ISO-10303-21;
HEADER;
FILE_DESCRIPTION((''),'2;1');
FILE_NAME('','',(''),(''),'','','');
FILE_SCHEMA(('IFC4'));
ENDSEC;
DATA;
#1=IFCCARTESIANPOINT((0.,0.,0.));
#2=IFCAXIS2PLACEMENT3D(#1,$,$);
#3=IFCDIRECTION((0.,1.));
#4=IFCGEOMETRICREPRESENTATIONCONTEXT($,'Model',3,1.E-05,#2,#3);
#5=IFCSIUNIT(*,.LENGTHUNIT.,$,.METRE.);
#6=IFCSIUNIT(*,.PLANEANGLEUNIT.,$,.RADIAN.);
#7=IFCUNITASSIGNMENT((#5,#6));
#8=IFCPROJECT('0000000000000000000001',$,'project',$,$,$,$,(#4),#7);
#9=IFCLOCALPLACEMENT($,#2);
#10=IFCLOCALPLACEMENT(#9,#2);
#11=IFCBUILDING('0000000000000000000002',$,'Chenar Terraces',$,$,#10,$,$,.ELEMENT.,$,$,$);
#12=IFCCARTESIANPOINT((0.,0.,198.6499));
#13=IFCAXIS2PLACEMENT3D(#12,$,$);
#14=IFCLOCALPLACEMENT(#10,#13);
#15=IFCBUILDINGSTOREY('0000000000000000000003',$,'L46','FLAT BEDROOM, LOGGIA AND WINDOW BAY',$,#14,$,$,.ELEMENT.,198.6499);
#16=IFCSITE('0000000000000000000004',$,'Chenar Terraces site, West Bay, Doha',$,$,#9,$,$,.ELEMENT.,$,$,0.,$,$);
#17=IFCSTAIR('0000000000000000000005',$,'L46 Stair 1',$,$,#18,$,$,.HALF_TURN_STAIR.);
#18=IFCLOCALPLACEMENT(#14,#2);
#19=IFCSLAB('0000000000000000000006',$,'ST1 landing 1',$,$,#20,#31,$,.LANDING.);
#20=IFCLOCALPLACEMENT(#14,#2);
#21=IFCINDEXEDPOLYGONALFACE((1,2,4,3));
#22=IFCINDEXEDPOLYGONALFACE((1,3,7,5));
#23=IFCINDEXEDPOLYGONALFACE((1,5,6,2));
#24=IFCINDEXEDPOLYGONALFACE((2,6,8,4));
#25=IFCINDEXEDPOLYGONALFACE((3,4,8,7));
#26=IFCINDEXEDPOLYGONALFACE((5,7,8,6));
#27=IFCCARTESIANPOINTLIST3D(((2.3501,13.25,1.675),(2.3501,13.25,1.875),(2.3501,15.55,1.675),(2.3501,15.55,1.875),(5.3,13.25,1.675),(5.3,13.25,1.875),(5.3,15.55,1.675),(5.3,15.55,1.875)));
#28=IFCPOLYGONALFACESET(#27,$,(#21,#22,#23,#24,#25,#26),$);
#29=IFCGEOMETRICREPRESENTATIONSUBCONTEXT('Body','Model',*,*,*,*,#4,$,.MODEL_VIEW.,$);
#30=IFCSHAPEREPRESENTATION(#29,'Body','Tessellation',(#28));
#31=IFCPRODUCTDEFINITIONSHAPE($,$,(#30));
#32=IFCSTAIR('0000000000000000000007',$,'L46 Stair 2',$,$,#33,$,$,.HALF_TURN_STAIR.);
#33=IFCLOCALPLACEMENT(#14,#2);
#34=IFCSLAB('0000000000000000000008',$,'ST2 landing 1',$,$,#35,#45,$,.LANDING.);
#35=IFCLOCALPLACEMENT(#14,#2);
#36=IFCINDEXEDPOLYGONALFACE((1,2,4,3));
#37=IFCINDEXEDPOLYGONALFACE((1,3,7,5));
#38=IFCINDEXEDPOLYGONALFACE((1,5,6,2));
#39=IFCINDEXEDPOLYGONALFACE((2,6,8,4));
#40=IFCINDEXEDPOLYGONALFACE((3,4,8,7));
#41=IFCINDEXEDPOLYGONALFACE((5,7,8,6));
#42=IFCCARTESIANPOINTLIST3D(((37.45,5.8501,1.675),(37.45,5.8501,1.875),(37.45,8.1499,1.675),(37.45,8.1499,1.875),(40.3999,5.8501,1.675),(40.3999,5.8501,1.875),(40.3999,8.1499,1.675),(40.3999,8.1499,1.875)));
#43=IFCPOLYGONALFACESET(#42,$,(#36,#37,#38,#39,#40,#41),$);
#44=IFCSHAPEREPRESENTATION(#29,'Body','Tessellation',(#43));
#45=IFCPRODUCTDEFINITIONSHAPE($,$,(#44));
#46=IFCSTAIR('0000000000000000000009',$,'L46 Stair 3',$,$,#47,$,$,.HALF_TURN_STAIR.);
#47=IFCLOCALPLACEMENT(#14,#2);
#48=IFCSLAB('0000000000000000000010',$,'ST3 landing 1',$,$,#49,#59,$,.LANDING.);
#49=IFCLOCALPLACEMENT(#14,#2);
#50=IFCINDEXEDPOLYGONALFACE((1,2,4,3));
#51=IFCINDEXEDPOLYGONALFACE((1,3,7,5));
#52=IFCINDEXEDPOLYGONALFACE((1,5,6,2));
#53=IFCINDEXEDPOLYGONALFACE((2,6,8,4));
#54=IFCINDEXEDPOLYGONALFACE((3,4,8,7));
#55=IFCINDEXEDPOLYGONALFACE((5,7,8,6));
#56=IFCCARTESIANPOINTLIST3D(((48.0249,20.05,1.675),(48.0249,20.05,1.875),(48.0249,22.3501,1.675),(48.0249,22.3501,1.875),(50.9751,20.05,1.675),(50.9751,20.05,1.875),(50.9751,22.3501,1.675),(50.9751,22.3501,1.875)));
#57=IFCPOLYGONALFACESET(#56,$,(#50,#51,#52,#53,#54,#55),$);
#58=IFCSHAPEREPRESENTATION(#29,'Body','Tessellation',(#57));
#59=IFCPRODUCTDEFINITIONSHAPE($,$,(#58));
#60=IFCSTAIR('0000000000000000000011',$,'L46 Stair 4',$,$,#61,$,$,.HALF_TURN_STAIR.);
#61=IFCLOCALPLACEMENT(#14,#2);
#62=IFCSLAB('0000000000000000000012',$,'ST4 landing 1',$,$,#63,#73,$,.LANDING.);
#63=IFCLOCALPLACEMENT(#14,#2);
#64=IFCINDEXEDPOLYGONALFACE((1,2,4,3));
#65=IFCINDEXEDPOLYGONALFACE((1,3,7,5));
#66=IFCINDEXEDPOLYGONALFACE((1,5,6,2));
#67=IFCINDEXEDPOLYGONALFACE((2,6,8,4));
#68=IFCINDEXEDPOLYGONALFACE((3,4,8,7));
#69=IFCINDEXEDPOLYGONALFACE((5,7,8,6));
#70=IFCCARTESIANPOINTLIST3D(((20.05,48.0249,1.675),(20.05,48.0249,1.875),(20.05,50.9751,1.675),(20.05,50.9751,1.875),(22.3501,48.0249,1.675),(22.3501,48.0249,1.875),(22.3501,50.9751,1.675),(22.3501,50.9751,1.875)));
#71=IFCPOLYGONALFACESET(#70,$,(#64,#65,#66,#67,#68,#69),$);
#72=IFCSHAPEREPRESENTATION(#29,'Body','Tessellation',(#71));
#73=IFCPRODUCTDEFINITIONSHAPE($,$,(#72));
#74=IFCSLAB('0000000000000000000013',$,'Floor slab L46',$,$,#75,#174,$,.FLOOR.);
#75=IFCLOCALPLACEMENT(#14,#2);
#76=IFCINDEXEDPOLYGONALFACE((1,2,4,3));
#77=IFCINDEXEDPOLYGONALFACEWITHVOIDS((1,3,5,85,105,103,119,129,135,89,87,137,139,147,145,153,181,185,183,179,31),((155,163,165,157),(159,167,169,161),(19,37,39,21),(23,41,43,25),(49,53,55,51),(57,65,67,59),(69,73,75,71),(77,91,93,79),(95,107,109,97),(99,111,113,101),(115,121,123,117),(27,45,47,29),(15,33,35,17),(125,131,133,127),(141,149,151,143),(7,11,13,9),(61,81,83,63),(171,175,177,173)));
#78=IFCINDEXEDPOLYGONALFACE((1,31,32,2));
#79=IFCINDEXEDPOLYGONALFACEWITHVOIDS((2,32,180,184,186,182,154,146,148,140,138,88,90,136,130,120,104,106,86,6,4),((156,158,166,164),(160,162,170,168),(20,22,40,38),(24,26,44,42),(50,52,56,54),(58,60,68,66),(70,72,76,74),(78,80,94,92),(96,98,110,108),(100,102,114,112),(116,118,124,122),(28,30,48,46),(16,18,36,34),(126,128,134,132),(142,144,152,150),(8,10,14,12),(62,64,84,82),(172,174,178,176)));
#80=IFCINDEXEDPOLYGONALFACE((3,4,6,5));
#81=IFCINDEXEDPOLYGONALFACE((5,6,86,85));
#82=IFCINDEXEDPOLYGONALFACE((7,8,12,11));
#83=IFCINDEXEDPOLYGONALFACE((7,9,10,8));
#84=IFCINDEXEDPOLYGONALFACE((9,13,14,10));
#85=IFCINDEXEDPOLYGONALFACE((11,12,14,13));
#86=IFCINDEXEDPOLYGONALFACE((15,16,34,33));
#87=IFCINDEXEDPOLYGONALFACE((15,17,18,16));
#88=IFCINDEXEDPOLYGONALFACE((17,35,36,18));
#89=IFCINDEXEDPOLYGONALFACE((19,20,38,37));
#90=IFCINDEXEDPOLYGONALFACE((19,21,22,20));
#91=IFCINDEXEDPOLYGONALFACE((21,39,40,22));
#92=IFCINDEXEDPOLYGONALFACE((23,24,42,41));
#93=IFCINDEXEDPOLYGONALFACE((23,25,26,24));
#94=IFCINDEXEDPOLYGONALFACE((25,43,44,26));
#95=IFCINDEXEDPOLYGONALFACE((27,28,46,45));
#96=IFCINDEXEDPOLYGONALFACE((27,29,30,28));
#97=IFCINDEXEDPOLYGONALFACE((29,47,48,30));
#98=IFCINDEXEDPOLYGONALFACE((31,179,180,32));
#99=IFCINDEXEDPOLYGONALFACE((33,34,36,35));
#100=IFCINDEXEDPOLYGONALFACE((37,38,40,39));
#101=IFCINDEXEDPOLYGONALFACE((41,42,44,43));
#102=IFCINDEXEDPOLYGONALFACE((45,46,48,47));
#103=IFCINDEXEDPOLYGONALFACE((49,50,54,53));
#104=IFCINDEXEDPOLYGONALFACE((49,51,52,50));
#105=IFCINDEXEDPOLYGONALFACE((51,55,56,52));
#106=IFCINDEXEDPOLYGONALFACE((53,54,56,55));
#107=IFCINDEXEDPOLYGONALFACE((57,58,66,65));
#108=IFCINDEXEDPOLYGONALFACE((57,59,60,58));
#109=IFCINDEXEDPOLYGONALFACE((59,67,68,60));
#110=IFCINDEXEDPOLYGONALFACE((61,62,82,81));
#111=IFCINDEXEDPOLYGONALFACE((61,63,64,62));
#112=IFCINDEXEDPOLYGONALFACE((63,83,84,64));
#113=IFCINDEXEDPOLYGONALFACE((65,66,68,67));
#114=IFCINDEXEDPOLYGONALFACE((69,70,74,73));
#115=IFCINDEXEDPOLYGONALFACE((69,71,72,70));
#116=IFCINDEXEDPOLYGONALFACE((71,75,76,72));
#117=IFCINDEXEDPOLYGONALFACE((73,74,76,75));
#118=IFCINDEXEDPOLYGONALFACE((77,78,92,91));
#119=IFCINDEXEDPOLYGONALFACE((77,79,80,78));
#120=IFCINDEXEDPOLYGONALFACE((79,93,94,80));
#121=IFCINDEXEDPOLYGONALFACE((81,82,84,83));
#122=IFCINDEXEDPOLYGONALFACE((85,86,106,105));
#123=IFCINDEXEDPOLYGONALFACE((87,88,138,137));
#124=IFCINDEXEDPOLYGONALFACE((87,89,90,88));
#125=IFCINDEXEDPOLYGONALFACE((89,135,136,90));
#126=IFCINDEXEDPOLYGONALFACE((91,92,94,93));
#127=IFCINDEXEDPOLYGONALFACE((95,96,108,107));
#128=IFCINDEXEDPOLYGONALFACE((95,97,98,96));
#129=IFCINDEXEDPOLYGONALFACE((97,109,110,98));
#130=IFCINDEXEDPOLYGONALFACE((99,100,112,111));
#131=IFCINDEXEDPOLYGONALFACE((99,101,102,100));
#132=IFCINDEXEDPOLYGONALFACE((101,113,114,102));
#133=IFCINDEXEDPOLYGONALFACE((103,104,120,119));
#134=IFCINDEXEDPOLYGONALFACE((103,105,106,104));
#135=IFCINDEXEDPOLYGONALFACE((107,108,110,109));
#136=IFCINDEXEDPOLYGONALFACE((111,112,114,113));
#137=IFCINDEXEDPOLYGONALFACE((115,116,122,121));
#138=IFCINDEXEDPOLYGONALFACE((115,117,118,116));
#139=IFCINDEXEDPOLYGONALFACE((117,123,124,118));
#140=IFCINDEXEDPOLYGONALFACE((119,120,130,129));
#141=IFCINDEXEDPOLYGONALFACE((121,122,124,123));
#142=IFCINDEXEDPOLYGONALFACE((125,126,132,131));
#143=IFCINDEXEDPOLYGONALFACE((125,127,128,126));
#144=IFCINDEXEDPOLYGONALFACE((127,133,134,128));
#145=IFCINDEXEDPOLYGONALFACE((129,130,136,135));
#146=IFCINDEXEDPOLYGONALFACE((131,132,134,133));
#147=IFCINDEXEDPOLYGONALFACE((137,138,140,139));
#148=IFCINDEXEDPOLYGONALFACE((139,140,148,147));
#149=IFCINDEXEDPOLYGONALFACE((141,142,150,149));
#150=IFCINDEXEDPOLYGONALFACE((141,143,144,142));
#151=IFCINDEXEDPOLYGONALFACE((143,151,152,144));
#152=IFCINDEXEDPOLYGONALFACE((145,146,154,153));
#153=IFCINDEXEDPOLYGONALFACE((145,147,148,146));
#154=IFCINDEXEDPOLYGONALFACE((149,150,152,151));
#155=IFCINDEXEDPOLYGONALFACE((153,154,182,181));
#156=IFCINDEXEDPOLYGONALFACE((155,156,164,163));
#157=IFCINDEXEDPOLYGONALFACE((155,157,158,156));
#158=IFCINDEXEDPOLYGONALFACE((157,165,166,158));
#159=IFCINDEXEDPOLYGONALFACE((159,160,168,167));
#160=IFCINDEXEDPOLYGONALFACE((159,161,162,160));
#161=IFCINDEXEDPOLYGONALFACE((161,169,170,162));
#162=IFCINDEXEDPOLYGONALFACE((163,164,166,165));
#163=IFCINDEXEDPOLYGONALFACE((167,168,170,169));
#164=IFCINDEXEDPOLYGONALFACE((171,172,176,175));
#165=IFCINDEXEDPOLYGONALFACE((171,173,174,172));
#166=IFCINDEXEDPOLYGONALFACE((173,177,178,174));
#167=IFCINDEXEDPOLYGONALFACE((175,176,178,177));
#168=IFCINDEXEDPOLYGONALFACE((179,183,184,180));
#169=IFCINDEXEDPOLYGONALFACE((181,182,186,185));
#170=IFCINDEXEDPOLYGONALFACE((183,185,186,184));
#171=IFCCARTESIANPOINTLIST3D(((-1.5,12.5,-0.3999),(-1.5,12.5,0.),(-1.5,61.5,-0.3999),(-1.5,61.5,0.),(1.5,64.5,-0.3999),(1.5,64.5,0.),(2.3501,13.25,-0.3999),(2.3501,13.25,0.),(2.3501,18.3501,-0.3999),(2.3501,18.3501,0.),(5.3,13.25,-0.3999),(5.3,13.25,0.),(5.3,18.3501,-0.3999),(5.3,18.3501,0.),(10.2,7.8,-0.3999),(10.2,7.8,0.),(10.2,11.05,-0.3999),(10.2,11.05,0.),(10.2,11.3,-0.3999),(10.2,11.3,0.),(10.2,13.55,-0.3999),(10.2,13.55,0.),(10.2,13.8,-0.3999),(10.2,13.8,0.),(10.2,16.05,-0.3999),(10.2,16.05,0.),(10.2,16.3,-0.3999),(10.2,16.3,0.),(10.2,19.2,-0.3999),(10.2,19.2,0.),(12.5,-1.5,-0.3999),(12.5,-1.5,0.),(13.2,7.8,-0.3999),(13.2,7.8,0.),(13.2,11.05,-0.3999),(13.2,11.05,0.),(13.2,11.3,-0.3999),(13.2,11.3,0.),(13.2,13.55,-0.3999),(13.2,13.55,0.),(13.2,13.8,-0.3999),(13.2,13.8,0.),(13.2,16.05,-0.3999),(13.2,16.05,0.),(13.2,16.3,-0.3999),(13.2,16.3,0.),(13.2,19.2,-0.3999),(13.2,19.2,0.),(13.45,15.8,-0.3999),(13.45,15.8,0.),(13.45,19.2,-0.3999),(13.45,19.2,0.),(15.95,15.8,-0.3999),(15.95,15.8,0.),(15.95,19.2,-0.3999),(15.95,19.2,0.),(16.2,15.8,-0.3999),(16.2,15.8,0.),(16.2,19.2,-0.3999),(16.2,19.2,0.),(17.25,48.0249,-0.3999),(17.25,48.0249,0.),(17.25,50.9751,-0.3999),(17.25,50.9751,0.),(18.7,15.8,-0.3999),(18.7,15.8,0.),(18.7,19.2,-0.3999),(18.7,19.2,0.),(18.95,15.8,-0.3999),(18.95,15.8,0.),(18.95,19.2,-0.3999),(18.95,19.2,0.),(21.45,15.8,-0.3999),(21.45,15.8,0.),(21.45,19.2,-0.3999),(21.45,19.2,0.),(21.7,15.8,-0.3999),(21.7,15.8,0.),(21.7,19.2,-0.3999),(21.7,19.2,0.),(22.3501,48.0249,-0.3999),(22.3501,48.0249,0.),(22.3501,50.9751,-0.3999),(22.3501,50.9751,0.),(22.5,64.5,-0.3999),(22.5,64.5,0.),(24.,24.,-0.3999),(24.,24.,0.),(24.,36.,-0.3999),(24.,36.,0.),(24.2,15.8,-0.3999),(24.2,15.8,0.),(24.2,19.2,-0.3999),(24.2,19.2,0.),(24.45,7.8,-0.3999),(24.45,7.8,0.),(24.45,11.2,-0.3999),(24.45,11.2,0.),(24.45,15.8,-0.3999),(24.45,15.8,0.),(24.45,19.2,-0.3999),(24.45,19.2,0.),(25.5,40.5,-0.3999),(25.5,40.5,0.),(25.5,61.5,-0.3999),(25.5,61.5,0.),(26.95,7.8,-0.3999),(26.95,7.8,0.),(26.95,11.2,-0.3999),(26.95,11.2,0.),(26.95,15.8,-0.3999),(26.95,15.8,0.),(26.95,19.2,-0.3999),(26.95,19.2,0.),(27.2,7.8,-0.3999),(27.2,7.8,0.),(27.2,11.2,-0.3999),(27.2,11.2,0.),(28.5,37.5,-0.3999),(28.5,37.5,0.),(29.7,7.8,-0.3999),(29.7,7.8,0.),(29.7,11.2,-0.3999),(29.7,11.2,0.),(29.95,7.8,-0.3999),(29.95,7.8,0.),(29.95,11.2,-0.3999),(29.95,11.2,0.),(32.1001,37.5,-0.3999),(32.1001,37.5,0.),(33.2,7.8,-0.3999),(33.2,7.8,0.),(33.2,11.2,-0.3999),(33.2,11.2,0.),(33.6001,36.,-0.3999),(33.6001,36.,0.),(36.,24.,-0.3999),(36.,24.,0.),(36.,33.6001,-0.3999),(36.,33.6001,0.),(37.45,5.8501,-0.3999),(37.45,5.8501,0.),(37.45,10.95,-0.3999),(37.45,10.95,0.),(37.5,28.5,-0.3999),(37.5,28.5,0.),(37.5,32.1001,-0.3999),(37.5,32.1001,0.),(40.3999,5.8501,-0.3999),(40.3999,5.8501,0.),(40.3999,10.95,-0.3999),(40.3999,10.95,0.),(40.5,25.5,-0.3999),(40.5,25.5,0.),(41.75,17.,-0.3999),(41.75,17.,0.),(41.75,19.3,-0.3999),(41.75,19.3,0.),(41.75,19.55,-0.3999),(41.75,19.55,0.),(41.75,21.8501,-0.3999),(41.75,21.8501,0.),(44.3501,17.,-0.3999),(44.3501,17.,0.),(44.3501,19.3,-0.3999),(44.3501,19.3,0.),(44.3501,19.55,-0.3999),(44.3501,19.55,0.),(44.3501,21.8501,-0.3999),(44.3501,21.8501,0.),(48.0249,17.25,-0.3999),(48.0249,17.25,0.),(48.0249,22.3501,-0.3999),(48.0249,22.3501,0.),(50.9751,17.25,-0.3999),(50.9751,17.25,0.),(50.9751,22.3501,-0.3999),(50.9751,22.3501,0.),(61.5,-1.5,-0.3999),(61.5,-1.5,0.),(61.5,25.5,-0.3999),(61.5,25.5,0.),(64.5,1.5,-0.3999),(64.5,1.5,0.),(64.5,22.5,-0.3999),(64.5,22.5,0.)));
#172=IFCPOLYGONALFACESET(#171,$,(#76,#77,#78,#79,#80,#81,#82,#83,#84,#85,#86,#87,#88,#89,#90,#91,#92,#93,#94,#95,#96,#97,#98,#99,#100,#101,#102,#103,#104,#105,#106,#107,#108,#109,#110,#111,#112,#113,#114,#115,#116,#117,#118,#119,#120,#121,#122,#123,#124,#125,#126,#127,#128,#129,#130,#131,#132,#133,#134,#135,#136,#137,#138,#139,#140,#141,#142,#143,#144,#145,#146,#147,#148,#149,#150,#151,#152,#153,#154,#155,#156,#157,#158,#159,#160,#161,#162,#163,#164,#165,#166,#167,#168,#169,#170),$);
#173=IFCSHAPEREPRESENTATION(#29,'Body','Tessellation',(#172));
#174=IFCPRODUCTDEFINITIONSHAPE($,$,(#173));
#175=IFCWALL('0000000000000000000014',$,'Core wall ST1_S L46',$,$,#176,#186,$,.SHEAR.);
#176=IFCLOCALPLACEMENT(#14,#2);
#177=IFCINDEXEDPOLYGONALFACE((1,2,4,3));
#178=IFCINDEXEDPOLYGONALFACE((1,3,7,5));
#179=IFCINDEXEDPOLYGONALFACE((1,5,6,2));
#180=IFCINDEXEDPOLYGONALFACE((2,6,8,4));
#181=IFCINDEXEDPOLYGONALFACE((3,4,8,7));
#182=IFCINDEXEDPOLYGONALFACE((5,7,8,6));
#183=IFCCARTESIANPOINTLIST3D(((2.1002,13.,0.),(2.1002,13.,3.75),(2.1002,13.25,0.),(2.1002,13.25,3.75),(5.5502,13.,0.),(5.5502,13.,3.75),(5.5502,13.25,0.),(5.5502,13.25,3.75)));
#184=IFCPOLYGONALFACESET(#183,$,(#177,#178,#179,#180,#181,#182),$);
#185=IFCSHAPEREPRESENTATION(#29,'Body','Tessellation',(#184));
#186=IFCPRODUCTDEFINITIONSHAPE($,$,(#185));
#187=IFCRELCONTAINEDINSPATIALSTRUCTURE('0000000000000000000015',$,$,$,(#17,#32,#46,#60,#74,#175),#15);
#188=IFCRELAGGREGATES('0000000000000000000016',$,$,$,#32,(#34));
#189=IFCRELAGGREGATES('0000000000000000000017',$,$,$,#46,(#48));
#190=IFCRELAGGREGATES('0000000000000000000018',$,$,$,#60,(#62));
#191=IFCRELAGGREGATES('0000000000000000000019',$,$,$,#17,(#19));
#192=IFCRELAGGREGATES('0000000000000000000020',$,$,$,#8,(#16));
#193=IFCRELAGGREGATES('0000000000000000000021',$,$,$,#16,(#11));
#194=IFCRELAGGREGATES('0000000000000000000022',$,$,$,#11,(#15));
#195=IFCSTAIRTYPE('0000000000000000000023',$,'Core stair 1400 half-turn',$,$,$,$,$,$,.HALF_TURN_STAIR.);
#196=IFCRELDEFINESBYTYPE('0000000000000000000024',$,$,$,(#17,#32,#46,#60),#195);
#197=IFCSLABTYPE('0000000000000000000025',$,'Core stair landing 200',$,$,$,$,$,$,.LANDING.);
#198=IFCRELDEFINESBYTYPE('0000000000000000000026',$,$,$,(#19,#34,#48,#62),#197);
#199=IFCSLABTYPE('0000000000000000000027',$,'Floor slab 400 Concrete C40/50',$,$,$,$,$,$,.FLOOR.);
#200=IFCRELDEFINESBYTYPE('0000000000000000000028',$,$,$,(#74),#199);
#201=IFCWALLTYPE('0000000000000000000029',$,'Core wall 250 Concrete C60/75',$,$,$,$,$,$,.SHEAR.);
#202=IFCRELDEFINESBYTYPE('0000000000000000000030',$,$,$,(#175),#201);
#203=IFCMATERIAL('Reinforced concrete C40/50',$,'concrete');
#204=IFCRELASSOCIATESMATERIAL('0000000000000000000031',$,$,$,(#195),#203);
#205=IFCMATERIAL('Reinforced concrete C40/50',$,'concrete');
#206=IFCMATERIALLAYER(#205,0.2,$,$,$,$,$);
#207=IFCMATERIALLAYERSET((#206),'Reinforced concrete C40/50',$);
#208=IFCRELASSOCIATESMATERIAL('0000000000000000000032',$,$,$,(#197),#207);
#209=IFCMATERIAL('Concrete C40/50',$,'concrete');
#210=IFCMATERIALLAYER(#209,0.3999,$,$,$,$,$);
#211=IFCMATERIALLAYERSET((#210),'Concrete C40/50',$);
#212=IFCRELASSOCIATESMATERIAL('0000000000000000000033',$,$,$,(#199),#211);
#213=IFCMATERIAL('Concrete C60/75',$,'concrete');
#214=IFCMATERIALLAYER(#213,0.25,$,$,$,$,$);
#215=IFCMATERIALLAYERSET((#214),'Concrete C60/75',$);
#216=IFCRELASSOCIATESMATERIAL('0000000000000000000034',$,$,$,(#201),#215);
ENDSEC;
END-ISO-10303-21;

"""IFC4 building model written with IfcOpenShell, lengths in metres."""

from ifc_helpers import new_model, si_unit, direction, frame, frame_2d, origin, place, context, subcontext, project, spatial, polyline, rectangle, outline, extrude, material, layer, layer_set, type_object, element, aggregate, save


model = new_model("IFC4")

# Units and contexts
model_context = context("Model", 3, precision=1e-05, world=origin(), true_north=direction((0.0, 1.0)))
body_context = subcontext(model_context, "Body", "Model", "MODEL_VIEW")
ifc_project = project(units=[si_unit("LENGTHUNIT", "METRE"), si_unit("PLANEANGLEUNIT", "RADIAN")], contexts=[model_context])

# Site, building, storey
site_placement = place(None, origin())
site = spatial("IfcSite", under=ifc_project, at=site_placement, Name="Chenar Terraces site, West Bay, Doha", CompositionType="ELEMENT", RefElevation=0.0)
building_placement = place(site_placement, origin())
building = spatial("IfcBuilding", under=site, at=building_placement, Name="Chenar Terraces", CompositionType="ELEMENT")
storey_placement = place(building_placement, frame((0.0, 0.0, 198.6499)))
storey = spatial("IfcBuildingStorey", under=building, at=storey_placement, Name="L46", Description="FLAT BEDROOM, LOGGIA AND WINDOW BAY", CompositionType="ELEMENT", Elevation=198.6499)

# Stairs, slabs
ifc_material_1 = material(Name="Reinforced concrete C40/50", Category="concrete")
stair_type = type_object("IfcStairType", Name="Core stair 1400 half-turn", PredefinedType="HALF_TURN_STAIR", material=ifc_material_1)
placement_1 = place(storey_placement, origin())
stair_1 = element("IfcStair", 1, at=placement_1, inside=storey, type_object=stair_type, Name="L46 Stair 1", PredefinedType="HALF_TURN_STAIR")
ifc_material_2 = material(Name="Reinforced concrete C40/50", Category="concrete")
ifc_layer_1 = layer(ifc_material_2, 0.2)
ifc_layer_set_1 = layer_set([ifc_layer_1], Name="Reinforced concrete C40/50")
slab_type_1 = type_object("IfcSlabType", Name="Core stair landing 200", PredefinedType="LANDING", material=ifc_layer_set_1)
placement_2 = place(storey_placement, frame((0.0, 0.0, 1.675)))
slab_1 = element("IfcSlab", 2, at=placement_2, type_object=slab_type_1, Name="ST1 landing 1", PredefinedType="LANDING", context=body_context, shape_type="SweptSolid", body=[
    extrude(outline(polyline([(2.3501, 15.55), (2.3501, 13.25), (5.3, 13.25), (5.3, 15.55), (2.3501, 15.55)])), origin(), (0.0, 0.0, 1.0), 0.2),
])
stair_2 = element("IfcStair", 3, at=placement_1, inside=storey, type_object=stair_type, Name="L46 Stair 2", PredefinedType="HALF_TURN_STAIR")
slab_2 = element("IfcSlab", 4, at=placement_2, type_object=slab_type_1, Name="ST2 landing 1", PredefinedType="LANDING", context=body_context, shape_type="SweptSolid", body=[
    extrude(outline(polyline([(37.45, 8.1499), (37.45, 5.8501), (40.3999, 5.8501), (40.3999, 8.1499), (37.45, 8.1499)])), origin(), (0.0, 0.0, 1.0), 0.2),
])
aggregate(stair_2, [slab_2])
stair_3 = element("IfcStair", 5, at=placement_1, inside=storey, type_object=stair_type, Name="L46 Stair 3", PredefinedType="HALF_TURN_STAIR")
slab_3 = element("IfcSlab", 6, at=placement_2, type_object=slab_type_1, Name="ST3 landing 1", PredefinedType="LANDING", context=body_context, shape_type="SweptSolid", body=[
    extrude(outline(polyline([(50.9751, 20.05), (50.9751, 22.3501), (48.0249, 22.3501), (48.0249, 20.05), (50.9751, 20.05)])), origin(), (0.0, 0.0, 1.0), 0.2),
])
aggregate(stair_3, [slab_3])
stair_4 = element("IfcStair", 7, at=placement_1, inside=storey, type_object=stair_type, Name="L46 Stair 4", PredefinedType="HALF_TURN_STAIR")
slab_4 = element("IfcSlab", 8, at=placement_2, type_object=slab_type_1, Name="ST4 landing 1", PredefinedType="LANDING", context=body_context, shape_type="SweptSolid", body=[
    extrude(outline(polyline([(20.05, 48.0249), (22.3501, 48.0249), (22.3501, 50.9751), (20.05, 50.9751), (20.05, 48.0249)])), origin(), (0.0, 0.0, 1.0), 0.2),
])
aggregate(stair_4, [slab_4])

# Slab
ifc_material_3 = material(Name="Concrete C40/50", Category="concrete")
ifc_layer_2 = layer(ifc_material_3, 0.3999)
ifc_layer_set_2 = layer_set([ifc_layer_2], Name="Concrete C40/50")
slab_type_2 = type_object("IfcSlabType", Name="Floor slab 400 Concrete C40/50", PredefinedType="FLOOR", material=ifc_layer_set_2)
slab_5_placement = place(storey_placement, frame((0.0, 0.0, -0.3999)))
element("IfcSlab", 9, at=slab_5_placement, inside=storey, type_object=slab_type_2, Name="Floor slab L46", PredefinedType="FLOOR", context=body_context, shape_type="SweptSolid", body=[
    extrude(outline(polyline([(64.5, 22.5), (64.5, 1.5), (61.5, -1.5), (12.5, -1.5), (-1.5, 12.5), (-1.5, 61.5), (1.5, 64.5), (22.5, 64.5), (25.5, 61.5), (25.5, 40.5), (28.5, 37.5), (32.1001, 37.5), (33.6001, 36.0), (24.0, 36.0), (24.0, 24.0), (36.0, 24.0), (36.0, 33.6001), (37.5, 32.1001), (37.5, 28.5), (40.5, 25.5), (61.5, 25.5), (64.5, 22.5)]), holes=[polyline([(13.2, 11.05), (10.2, 11.05), (10.2, 7.8), (13.2, 7.8), (13.2, 11.05)]), polyline([(13.2, 13.55), (10.2, 13.55), (10.2, 11.3), (13.2, 11.3), (13.2, 13.55)]), polyline([(13.2, 16.05), (10.2, 16.05), (10.2, 13.8), (13.2, 13.8), (13.2, 16.05)]), polyline([(2.3501, 13.25), (5.3, 13.25), (5.3, 18.3501), (2.3501, 18.3501), (2.3501, 13.25)]), polyline([(15.95, 19.2), (13.45, 19.2), (13.45, 15.8), (15.95, 15.8), (15.95, 19.2)]), polyline([(18.7, 19.2), (16.2, 19.2), (16.2, 15.8), (18.7, 15.8), (18.7, 19.2)]), polyline([(21.45, 19.2), (18.95, 19.2), (18.95, 15.8), (21.45, 15.8), (21.45, 19.2)]), polyline([(24.2, 15.8), (24.2, 19.2), (21.7, 19.2), (21.7, 15.8), (24.2, 15.8)]), polyline([(13.2, 16.3), (13.2, 19.2), (10.2, 19.2), (10.2, 16.3), (13.2, 16.3)]), polyline([(22.3501, 48.0249), (22.3501, 50.9751), (17.25, 50.9751), (17.25, 48.0249), (22.3501, 48.0249)]), polyline([(37.45, 5.8501), (40.3999, 5.8501), (40.3999, 10.95), (37.45, 10.95), (37.45, 5.8501)]), polyline([(26.95, 11.2), (24.45, 11.2), (24.45, 7.8), (26.95, 7.8), (26.95, 11.2)]), polyline([(29.7, 7.8), (29.7, 11.2), (27.2, 11.2), (27.2, 7.8), (29.7, 7.8)]), polyline([(33.2, 7.8), (33.2, 11.2), (29.95, 11.2), (29.95, 7.8), (33.2, 7.8)]), polyline([(26.95, 19.2), (24.45, 19.2), (24.45, 15.8), (26.95, 15.8), (26.95, 19.2)]), polyline([(44.3501, 19.3), (41.75, 19.3), (41.75, 17.0), (44.3501, 17.0), (44.3501, 19.3)]), polyline([(50.9751, 22.3501), (48.0249, 22.3501), (48.0249, 17.25), (50.9751, 17.25), (50.9751, 22.3501)]), polyline([(44.3501, 19.55), (44.3501, 21.8501), (41.75, 21.8501), (41.75, 19.55), (44.3501, 19.55)])]), origin(), (0.0, 0.0, 1.0), 0.3999),
])

# Wall
ifc_material_4 = material(Name="Concrete C60/75", Category="concrete")
ifc_layer_3 = layer(ifc_material_4, 0.25)
ifc_layer_set_3 = layer_set([ifc_layer_3], Name="Concrete C60/75")
wall_type_1 = type_object("IfcWallType", Name="Core wall 250 Concrete C60/75", PredefinedType="SHEAR", material=ifc_layer_set_3)
wall_1_placement = place(storey_placement, frame((2.1001, 13.125, 0.0), z_axis=(0.0, 0.0, 1.0), x_axis=(1.0, 0.0, 0.0)))
element("IfcWall", 10, at=wall_1_placement, inside=storey, type_object=wall_type_1, Name="Core wall ST1_S L46", PredefinedType="SHEAR", context=body_context, shape_type="SweptSolid", body=[
    extrude(rectangle(XDim=3.45, YDim=0.25, at=frame_2d((1.7251, 0.0))), origin(), (0.0, 0.0, 1.0), 3.75),
])

aggregate(stair_1, [slab_1])

save(model, "model.ifc")
